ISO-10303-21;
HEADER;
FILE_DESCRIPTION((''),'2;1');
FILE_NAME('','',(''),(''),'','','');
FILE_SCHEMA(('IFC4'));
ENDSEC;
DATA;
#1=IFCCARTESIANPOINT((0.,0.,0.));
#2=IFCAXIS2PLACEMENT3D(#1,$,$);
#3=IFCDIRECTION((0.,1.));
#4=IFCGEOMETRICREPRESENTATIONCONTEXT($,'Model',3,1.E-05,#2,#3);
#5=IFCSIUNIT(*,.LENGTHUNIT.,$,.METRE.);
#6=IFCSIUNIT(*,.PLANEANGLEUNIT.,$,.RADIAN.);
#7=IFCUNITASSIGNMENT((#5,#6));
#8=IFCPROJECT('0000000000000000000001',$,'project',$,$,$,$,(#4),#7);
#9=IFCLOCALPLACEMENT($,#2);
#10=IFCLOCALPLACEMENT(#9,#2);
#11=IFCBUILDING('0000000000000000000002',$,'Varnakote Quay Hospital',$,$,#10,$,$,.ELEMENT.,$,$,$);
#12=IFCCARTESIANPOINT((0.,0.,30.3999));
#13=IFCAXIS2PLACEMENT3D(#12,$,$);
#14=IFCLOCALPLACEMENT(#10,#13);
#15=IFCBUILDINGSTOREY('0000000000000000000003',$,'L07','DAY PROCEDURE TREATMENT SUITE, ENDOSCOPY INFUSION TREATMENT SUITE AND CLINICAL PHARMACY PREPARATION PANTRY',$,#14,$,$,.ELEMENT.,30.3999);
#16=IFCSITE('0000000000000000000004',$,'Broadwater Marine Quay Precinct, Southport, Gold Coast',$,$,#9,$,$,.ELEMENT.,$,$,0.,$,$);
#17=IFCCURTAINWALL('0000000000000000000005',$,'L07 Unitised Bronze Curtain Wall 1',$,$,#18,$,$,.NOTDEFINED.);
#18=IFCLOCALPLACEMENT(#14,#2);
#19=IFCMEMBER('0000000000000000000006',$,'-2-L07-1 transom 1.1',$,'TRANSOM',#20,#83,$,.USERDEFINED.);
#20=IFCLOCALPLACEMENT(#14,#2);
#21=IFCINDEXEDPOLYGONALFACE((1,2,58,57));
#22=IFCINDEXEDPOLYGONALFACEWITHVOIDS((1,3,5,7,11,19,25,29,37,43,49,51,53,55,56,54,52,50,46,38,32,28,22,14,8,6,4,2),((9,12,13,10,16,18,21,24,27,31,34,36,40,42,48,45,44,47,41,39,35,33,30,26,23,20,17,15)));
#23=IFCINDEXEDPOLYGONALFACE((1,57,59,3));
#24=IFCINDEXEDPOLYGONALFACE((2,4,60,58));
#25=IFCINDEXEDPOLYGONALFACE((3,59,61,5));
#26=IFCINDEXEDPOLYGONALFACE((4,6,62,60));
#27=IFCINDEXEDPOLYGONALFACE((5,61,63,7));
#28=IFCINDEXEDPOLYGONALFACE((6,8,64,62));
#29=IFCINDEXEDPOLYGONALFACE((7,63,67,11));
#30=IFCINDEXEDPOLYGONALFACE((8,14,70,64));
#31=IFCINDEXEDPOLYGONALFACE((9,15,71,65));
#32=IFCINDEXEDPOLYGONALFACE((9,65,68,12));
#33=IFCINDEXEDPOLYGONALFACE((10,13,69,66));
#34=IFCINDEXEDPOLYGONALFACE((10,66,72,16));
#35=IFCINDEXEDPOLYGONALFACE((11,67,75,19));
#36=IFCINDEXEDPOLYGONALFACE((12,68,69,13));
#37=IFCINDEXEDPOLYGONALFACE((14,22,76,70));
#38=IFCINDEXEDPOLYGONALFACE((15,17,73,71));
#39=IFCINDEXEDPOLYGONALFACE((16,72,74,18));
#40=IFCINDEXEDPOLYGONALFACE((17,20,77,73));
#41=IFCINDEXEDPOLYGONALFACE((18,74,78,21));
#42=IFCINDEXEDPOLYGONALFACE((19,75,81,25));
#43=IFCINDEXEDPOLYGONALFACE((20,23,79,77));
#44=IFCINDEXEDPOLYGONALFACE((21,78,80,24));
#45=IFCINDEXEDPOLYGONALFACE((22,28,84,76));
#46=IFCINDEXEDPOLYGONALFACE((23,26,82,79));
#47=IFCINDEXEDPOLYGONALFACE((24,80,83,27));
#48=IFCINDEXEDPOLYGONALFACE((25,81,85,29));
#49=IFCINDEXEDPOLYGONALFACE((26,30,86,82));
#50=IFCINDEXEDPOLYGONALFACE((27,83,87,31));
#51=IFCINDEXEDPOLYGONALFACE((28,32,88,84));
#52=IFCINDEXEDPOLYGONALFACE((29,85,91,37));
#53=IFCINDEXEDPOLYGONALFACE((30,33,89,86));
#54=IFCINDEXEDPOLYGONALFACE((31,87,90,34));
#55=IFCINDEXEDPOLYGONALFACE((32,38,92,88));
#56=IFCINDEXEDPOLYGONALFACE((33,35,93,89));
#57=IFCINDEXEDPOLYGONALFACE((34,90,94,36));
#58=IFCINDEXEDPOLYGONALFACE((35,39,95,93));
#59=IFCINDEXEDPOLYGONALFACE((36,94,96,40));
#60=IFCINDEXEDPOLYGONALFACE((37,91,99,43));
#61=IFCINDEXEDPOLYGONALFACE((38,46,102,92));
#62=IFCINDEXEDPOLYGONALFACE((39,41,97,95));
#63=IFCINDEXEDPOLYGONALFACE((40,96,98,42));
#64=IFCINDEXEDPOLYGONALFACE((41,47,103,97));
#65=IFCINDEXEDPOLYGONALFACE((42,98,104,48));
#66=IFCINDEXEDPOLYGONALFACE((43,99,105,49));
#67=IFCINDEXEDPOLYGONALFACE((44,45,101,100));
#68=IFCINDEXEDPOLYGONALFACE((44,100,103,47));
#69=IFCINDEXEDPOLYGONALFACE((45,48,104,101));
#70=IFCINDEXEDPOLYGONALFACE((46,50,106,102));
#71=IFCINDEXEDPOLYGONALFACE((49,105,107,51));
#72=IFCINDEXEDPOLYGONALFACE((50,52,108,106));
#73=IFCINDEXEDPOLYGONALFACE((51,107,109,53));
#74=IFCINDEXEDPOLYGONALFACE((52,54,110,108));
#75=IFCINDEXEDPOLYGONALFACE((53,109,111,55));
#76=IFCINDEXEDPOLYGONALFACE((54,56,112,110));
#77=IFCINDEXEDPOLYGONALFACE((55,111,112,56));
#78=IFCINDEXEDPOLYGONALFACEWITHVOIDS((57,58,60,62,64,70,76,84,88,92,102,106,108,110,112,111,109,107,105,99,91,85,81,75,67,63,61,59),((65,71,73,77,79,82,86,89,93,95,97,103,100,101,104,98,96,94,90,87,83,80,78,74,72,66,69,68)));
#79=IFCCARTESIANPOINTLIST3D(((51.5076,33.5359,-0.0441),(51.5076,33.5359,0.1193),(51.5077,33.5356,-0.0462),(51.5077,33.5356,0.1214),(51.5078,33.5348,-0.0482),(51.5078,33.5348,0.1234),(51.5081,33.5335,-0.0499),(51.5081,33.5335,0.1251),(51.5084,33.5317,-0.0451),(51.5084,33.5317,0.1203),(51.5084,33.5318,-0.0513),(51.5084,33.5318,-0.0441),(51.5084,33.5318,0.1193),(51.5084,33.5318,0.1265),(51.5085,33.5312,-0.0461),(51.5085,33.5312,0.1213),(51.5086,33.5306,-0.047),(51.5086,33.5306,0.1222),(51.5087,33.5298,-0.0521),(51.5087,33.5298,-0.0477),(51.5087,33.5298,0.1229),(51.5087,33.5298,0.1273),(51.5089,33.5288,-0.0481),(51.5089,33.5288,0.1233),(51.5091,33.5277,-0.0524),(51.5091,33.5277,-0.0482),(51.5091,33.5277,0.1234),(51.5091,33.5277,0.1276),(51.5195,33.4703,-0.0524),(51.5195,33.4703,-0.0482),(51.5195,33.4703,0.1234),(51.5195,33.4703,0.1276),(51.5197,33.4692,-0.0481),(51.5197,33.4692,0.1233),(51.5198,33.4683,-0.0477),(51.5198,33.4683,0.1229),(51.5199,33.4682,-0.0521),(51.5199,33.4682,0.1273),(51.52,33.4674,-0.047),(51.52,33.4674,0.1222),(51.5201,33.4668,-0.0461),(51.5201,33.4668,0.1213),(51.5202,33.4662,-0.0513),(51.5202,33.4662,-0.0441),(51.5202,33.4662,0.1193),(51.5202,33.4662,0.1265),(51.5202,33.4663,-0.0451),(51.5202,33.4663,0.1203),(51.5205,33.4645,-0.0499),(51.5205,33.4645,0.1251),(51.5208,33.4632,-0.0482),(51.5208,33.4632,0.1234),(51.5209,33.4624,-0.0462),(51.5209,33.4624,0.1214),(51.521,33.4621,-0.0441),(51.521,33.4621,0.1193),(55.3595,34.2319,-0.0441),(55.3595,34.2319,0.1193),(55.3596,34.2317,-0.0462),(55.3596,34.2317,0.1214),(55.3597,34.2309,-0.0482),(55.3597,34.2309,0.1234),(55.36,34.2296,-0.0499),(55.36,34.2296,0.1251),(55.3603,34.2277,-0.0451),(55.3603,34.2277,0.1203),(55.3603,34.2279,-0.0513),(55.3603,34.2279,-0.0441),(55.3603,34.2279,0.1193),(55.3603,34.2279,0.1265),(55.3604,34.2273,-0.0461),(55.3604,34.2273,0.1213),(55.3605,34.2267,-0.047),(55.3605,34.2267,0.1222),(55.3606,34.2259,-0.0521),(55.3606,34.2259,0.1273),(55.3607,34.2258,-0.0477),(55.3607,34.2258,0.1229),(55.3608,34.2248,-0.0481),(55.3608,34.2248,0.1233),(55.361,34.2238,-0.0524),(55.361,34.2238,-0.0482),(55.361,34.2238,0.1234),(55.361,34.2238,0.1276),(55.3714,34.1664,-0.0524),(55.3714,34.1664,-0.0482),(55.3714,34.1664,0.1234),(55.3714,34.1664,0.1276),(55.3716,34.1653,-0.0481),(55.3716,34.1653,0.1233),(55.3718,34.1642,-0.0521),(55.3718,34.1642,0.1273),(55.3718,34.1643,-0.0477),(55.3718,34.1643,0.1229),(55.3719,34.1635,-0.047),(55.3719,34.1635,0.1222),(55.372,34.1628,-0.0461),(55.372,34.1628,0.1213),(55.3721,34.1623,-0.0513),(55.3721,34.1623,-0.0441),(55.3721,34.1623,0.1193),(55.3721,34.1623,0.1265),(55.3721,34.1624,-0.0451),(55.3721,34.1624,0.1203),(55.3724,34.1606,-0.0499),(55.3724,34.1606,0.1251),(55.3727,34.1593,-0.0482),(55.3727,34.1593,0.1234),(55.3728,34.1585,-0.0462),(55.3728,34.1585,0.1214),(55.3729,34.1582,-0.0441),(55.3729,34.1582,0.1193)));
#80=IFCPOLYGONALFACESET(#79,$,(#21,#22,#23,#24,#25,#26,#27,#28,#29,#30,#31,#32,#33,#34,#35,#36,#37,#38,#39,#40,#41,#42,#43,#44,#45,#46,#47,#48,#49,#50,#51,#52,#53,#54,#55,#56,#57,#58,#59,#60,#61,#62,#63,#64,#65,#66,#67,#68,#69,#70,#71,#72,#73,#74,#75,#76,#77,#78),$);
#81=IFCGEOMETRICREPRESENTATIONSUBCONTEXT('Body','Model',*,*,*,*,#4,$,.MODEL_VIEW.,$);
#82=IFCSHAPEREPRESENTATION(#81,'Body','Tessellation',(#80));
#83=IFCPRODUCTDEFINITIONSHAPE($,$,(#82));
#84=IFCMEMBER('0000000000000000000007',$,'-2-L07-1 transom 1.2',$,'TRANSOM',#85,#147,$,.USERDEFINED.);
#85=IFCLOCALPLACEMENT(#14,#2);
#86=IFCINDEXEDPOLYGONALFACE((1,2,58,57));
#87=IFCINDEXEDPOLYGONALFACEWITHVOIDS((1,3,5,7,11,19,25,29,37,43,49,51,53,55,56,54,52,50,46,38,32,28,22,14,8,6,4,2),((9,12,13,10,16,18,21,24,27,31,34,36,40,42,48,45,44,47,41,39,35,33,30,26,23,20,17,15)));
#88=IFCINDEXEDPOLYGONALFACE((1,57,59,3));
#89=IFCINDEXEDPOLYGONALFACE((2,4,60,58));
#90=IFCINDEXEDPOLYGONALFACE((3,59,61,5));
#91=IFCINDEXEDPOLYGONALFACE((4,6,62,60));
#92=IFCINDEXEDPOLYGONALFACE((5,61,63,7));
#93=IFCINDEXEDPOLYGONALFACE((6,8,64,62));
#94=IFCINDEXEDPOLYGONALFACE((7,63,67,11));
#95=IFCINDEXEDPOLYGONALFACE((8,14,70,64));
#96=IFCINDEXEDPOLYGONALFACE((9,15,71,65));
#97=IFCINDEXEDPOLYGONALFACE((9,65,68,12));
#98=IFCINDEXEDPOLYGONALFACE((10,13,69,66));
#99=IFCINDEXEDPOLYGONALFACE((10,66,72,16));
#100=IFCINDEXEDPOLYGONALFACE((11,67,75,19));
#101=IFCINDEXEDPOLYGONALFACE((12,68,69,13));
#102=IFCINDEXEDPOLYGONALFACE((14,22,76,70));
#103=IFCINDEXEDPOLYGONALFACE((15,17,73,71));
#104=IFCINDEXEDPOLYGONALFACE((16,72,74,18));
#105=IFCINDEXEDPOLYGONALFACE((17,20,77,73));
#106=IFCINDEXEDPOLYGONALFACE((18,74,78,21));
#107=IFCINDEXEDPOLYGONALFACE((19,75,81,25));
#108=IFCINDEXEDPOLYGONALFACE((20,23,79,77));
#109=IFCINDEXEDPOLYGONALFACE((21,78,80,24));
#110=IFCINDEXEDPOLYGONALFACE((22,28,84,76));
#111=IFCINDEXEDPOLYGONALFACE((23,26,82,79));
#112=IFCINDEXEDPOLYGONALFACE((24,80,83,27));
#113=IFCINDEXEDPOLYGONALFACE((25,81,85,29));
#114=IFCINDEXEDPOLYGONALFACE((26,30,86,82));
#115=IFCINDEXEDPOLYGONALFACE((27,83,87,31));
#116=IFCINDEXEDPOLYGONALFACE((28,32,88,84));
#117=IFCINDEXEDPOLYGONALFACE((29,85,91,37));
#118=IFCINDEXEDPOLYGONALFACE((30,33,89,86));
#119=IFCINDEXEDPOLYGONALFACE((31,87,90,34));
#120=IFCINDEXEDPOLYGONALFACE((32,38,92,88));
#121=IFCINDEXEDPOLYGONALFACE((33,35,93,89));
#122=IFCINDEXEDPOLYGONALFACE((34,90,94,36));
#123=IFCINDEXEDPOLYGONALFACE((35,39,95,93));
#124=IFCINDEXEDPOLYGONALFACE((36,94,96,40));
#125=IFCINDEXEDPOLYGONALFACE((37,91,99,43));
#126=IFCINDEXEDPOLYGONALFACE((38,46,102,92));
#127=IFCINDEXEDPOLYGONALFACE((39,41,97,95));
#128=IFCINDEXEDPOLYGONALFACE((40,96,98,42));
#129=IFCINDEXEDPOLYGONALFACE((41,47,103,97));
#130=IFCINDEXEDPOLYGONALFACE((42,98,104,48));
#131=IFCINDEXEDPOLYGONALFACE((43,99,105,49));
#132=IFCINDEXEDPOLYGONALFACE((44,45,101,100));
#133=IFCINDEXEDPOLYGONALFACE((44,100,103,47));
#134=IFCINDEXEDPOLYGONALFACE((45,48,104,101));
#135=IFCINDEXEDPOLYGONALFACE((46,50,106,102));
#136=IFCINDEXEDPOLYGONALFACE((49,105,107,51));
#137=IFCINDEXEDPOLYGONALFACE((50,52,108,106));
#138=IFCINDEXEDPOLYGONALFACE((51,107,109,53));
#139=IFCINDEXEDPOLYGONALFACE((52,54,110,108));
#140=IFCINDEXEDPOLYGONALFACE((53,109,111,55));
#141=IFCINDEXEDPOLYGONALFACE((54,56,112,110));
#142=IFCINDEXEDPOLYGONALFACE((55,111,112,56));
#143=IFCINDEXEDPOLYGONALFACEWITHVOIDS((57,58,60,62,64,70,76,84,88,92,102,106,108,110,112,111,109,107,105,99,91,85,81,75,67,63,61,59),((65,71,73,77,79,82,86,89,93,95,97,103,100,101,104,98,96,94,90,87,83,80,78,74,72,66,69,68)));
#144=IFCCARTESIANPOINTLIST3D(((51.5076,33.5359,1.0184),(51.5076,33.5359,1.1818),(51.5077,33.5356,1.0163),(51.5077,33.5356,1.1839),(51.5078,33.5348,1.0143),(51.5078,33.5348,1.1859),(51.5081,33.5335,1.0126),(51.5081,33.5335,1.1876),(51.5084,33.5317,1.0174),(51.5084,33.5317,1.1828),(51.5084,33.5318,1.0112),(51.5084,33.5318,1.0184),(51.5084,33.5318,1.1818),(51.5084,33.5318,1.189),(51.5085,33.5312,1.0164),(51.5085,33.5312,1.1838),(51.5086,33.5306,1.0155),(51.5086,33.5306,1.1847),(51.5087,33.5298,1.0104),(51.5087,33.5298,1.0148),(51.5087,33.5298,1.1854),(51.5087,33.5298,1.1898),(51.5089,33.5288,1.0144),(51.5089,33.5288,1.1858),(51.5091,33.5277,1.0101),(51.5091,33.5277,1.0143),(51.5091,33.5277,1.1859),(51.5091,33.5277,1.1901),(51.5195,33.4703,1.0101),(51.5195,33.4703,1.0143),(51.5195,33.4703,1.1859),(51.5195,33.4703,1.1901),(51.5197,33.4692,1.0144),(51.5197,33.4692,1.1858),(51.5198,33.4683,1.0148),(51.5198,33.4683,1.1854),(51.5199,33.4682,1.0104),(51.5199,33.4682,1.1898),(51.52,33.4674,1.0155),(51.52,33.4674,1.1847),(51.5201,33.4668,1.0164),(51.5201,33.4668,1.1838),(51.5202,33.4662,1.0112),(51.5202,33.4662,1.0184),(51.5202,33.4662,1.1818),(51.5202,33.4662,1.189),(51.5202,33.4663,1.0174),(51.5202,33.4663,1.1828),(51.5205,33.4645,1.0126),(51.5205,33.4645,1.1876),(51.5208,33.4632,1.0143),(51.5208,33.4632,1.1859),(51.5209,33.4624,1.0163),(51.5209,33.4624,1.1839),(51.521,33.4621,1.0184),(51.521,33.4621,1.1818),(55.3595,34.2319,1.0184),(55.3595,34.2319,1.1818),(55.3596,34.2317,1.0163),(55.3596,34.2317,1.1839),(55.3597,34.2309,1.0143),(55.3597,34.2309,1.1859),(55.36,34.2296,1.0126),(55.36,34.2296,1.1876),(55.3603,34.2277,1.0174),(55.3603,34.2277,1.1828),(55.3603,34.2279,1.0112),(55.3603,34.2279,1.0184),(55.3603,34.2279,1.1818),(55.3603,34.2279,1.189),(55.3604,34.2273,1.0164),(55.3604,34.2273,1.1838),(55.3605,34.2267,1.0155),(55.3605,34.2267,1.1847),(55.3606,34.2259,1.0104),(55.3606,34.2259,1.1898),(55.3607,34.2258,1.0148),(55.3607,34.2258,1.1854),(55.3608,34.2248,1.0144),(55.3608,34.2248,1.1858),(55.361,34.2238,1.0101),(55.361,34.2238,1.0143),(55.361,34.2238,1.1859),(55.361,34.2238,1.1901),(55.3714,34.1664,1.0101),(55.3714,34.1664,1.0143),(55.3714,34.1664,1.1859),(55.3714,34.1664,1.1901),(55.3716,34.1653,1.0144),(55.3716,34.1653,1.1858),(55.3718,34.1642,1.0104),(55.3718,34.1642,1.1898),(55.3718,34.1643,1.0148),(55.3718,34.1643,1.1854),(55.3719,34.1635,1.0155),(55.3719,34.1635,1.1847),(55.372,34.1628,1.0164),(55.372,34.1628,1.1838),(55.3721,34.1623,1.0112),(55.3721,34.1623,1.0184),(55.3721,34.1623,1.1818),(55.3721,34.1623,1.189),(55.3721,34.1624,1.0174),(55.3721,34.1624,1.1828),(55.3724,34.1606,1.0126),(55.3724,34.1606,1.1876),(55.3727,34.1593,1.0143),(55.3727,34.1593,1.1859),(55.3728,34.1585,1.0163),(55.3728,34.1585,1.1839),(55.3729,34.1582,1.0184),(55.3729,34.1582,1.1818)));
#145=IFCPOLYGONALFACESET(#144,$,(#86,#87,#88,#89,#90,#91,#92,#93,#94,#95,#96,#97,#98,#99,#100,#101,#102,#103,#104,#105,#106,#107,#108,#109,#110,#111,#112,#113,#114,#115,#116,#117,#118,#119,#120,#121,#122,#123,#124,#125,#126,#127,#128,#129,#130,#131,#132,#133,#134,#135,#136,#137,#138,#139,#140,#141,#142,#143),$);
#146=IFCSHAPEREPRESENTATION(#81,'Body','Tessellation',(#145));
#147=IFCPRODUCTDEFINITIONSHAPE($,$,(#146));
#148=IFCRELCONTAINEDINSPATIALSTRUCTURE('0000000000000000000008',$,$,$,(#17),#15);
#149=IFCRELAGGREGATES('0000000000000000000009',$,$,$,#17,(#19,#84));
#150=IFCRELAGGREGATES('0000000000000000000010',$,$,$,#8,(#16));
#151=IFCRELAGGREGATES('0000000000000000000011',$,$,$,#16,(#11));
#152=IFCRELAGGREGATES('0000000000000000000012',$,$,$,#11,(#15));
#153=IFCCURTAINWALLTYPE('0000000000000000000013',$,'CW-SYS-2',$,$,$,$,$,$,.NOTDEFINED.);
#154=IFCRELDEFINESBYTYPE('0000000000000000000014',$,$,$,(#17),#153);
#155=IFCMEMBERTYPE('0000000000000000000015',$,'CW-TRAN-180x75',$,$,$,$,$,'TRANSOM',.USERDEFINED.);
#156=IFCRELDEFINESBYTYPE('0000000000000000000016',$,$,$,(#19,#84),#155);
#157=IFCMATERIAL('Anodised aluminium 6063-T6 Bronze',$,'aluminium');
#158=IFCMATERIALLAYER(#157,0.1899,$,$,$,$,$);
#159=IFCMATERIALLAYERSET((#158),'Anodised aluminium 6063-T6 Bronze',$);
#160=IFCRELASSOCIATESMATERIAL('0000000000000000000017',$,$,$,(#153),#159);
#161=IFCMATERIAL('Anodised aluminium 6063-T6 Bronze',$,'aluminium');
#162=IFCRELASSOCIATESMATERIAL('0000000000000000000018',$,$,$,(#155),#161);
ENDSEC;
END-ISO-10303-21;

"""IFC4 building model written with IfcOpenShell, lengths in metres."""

from ifc_helpers import new_model, si_unit, direction, frame, origin, origin_2d, place, context, subcontext, project, spatial, hollow_rectangle, extrude, material, layer, layer_set, material_profile, profile_set, type_object, element, aggregate, save


model = new_model("IFC4")

# Units and contexts
model_context = context("Model", 3, precision=1e-05, world=origin(), true_north=direction((0.0, 1.0)))
body_context = subcontext(model_context, "Body", "Model", "MODEL_VIEW")
ifc_project = project(units=[si_unit("LENGTHUNIT", "METRE"), si_unit("PLANEANGLEUNIT", "RADIAN")], contexts=[model_context])

# Site, building, storey
site_placement = place(None, origin())
site = spatial("IfcSite", under=ifc_project, at=site_placement, Name="Broadwater Marine Quay Precinct, Southport, Gold Coast", CompositionType="ELEMENT", RefElevation=0.0)
building_placement = place(site_placement, origin())
building = spatial("IfcBuilding", under=site, at=building_placement, Name="Varnakote Quay Hospital", CompositionType="ELEMENT")
storey_placement = place(building_placement, frame((0.0, 0.0, 30.3999)))
storey = spatial("IfcBuildingStorey", under=building, at=storey_placement, Name="L07", Description="DAY PROCEDURE TREATMENT SUITE, ENDOSCOPY INFUSION TREATMENT SUITE AND CLINICAL PHARMACY PREPARATION PANTRY", CompositionType="ELEMENT", Elevation=30.3999)

# Curtain wall, members
ifc_material_1 = material(Name="Anodised aluminium 6063-T6 Bronze", Category="aluminium")
ifc_layer_1 = layer(ifc_material_1, 0.1899)
ifc_layer_set_1 = layer_set([ifc_layer_1], Name="Anodised aluminium 6063-T6 Bronze")
curtain_wall_type = type_object("IfcCurtainWallType", Name="CW-SYS-2", PredefinedType="NOTDEFINED", material=ifc_layer_set_1)
curtain_wall_placement = place(storey_placement, origin())
curtain_wall = element("IfcCurtainWall", 1, at=curtain_wall_placement, inside=storey, type_object=curtain_wall_type, Name="L07 Unitised Bronze Curtain Wall 1", PredefinedType="NOTDEFINED")
ifc_material_2 = material(Name="Anodised aluminium 6063-T6 Bronze", Category="aluminium")
ifc_material_profile_1 = material_profile(ifc_material_2, hollow_rectangle(XDim=0.075, YDim=0.1799, WallThickness=0.0042, InnerFilletRadius=0.0042, OuterFilletRadius=0.0083, at=origin_2d()), Name="CW-TRAN-180x75")
ifc_profile_set_1 = profile_set([ifc_material_profile_1], Name="Anodised aluminium 6063-T6 Bronze")
member_type_1 = type_object("IfcMemberType", Name="CW-TRAN-180x75", ElementType="TRANSOM", PredefinedType="USERDEFINED", material=ifc_profile_set_1)
member_1_placement = place(storey_placement, frame((55.3662, 34.1951, 0.0376), z_axis=(-0.984062, -0.177826, 0.0), x_axis=(0.177826, -0.984062, 0.0)))
member_1 = element("IfcMember", 2, at=member_1_placement, type_object=member_type_1, Name="-2-L07-1 transom 1.1", ObjectType="TRANSOM", PredefinedType="USERDEFINED", context=body_context, shape_type="SweptSolid", body=[
    extrude(hollow_rectangle(XDim=0.075, YDim=0.1799, WallThickness=0.0042, InnerFilletRadius=0.0042, OuterFilletRadius=0.0083, at=origin_2d()), origin(), (0.0, 0.0, 1.0), 3.9143),
])
member_2_placement = place(storey_placement, frame((55.3662, 34.1951, 1.1001), z_axis=(-0.984062, -0.177826, 0.0), x_axis=(0.177826, -0.984062, 0.0)))
member_2 = element("IfcMember", 3, at=member_2_placement, type_object=member_type_1, Name="-2-L07-1 transom 1.2", ObjectType="TRANSOM", PredefinedType="USERDEFINED", context=body_context, shape_type="SweptSolid", body=[
    extrude(hollow_rectangle(XDim=0.075, YDim=0.1799, WallThickness=0.0042, InnerFilletRadius=0.0042, OuterFilletRadius=0.0083, at=origin_2d()), origin(), (0.0, 0.0, 1.0), 3.9143),
])
aggregate(curtain_wall, [member_1, member_2])

save(model, "model.ifc")
